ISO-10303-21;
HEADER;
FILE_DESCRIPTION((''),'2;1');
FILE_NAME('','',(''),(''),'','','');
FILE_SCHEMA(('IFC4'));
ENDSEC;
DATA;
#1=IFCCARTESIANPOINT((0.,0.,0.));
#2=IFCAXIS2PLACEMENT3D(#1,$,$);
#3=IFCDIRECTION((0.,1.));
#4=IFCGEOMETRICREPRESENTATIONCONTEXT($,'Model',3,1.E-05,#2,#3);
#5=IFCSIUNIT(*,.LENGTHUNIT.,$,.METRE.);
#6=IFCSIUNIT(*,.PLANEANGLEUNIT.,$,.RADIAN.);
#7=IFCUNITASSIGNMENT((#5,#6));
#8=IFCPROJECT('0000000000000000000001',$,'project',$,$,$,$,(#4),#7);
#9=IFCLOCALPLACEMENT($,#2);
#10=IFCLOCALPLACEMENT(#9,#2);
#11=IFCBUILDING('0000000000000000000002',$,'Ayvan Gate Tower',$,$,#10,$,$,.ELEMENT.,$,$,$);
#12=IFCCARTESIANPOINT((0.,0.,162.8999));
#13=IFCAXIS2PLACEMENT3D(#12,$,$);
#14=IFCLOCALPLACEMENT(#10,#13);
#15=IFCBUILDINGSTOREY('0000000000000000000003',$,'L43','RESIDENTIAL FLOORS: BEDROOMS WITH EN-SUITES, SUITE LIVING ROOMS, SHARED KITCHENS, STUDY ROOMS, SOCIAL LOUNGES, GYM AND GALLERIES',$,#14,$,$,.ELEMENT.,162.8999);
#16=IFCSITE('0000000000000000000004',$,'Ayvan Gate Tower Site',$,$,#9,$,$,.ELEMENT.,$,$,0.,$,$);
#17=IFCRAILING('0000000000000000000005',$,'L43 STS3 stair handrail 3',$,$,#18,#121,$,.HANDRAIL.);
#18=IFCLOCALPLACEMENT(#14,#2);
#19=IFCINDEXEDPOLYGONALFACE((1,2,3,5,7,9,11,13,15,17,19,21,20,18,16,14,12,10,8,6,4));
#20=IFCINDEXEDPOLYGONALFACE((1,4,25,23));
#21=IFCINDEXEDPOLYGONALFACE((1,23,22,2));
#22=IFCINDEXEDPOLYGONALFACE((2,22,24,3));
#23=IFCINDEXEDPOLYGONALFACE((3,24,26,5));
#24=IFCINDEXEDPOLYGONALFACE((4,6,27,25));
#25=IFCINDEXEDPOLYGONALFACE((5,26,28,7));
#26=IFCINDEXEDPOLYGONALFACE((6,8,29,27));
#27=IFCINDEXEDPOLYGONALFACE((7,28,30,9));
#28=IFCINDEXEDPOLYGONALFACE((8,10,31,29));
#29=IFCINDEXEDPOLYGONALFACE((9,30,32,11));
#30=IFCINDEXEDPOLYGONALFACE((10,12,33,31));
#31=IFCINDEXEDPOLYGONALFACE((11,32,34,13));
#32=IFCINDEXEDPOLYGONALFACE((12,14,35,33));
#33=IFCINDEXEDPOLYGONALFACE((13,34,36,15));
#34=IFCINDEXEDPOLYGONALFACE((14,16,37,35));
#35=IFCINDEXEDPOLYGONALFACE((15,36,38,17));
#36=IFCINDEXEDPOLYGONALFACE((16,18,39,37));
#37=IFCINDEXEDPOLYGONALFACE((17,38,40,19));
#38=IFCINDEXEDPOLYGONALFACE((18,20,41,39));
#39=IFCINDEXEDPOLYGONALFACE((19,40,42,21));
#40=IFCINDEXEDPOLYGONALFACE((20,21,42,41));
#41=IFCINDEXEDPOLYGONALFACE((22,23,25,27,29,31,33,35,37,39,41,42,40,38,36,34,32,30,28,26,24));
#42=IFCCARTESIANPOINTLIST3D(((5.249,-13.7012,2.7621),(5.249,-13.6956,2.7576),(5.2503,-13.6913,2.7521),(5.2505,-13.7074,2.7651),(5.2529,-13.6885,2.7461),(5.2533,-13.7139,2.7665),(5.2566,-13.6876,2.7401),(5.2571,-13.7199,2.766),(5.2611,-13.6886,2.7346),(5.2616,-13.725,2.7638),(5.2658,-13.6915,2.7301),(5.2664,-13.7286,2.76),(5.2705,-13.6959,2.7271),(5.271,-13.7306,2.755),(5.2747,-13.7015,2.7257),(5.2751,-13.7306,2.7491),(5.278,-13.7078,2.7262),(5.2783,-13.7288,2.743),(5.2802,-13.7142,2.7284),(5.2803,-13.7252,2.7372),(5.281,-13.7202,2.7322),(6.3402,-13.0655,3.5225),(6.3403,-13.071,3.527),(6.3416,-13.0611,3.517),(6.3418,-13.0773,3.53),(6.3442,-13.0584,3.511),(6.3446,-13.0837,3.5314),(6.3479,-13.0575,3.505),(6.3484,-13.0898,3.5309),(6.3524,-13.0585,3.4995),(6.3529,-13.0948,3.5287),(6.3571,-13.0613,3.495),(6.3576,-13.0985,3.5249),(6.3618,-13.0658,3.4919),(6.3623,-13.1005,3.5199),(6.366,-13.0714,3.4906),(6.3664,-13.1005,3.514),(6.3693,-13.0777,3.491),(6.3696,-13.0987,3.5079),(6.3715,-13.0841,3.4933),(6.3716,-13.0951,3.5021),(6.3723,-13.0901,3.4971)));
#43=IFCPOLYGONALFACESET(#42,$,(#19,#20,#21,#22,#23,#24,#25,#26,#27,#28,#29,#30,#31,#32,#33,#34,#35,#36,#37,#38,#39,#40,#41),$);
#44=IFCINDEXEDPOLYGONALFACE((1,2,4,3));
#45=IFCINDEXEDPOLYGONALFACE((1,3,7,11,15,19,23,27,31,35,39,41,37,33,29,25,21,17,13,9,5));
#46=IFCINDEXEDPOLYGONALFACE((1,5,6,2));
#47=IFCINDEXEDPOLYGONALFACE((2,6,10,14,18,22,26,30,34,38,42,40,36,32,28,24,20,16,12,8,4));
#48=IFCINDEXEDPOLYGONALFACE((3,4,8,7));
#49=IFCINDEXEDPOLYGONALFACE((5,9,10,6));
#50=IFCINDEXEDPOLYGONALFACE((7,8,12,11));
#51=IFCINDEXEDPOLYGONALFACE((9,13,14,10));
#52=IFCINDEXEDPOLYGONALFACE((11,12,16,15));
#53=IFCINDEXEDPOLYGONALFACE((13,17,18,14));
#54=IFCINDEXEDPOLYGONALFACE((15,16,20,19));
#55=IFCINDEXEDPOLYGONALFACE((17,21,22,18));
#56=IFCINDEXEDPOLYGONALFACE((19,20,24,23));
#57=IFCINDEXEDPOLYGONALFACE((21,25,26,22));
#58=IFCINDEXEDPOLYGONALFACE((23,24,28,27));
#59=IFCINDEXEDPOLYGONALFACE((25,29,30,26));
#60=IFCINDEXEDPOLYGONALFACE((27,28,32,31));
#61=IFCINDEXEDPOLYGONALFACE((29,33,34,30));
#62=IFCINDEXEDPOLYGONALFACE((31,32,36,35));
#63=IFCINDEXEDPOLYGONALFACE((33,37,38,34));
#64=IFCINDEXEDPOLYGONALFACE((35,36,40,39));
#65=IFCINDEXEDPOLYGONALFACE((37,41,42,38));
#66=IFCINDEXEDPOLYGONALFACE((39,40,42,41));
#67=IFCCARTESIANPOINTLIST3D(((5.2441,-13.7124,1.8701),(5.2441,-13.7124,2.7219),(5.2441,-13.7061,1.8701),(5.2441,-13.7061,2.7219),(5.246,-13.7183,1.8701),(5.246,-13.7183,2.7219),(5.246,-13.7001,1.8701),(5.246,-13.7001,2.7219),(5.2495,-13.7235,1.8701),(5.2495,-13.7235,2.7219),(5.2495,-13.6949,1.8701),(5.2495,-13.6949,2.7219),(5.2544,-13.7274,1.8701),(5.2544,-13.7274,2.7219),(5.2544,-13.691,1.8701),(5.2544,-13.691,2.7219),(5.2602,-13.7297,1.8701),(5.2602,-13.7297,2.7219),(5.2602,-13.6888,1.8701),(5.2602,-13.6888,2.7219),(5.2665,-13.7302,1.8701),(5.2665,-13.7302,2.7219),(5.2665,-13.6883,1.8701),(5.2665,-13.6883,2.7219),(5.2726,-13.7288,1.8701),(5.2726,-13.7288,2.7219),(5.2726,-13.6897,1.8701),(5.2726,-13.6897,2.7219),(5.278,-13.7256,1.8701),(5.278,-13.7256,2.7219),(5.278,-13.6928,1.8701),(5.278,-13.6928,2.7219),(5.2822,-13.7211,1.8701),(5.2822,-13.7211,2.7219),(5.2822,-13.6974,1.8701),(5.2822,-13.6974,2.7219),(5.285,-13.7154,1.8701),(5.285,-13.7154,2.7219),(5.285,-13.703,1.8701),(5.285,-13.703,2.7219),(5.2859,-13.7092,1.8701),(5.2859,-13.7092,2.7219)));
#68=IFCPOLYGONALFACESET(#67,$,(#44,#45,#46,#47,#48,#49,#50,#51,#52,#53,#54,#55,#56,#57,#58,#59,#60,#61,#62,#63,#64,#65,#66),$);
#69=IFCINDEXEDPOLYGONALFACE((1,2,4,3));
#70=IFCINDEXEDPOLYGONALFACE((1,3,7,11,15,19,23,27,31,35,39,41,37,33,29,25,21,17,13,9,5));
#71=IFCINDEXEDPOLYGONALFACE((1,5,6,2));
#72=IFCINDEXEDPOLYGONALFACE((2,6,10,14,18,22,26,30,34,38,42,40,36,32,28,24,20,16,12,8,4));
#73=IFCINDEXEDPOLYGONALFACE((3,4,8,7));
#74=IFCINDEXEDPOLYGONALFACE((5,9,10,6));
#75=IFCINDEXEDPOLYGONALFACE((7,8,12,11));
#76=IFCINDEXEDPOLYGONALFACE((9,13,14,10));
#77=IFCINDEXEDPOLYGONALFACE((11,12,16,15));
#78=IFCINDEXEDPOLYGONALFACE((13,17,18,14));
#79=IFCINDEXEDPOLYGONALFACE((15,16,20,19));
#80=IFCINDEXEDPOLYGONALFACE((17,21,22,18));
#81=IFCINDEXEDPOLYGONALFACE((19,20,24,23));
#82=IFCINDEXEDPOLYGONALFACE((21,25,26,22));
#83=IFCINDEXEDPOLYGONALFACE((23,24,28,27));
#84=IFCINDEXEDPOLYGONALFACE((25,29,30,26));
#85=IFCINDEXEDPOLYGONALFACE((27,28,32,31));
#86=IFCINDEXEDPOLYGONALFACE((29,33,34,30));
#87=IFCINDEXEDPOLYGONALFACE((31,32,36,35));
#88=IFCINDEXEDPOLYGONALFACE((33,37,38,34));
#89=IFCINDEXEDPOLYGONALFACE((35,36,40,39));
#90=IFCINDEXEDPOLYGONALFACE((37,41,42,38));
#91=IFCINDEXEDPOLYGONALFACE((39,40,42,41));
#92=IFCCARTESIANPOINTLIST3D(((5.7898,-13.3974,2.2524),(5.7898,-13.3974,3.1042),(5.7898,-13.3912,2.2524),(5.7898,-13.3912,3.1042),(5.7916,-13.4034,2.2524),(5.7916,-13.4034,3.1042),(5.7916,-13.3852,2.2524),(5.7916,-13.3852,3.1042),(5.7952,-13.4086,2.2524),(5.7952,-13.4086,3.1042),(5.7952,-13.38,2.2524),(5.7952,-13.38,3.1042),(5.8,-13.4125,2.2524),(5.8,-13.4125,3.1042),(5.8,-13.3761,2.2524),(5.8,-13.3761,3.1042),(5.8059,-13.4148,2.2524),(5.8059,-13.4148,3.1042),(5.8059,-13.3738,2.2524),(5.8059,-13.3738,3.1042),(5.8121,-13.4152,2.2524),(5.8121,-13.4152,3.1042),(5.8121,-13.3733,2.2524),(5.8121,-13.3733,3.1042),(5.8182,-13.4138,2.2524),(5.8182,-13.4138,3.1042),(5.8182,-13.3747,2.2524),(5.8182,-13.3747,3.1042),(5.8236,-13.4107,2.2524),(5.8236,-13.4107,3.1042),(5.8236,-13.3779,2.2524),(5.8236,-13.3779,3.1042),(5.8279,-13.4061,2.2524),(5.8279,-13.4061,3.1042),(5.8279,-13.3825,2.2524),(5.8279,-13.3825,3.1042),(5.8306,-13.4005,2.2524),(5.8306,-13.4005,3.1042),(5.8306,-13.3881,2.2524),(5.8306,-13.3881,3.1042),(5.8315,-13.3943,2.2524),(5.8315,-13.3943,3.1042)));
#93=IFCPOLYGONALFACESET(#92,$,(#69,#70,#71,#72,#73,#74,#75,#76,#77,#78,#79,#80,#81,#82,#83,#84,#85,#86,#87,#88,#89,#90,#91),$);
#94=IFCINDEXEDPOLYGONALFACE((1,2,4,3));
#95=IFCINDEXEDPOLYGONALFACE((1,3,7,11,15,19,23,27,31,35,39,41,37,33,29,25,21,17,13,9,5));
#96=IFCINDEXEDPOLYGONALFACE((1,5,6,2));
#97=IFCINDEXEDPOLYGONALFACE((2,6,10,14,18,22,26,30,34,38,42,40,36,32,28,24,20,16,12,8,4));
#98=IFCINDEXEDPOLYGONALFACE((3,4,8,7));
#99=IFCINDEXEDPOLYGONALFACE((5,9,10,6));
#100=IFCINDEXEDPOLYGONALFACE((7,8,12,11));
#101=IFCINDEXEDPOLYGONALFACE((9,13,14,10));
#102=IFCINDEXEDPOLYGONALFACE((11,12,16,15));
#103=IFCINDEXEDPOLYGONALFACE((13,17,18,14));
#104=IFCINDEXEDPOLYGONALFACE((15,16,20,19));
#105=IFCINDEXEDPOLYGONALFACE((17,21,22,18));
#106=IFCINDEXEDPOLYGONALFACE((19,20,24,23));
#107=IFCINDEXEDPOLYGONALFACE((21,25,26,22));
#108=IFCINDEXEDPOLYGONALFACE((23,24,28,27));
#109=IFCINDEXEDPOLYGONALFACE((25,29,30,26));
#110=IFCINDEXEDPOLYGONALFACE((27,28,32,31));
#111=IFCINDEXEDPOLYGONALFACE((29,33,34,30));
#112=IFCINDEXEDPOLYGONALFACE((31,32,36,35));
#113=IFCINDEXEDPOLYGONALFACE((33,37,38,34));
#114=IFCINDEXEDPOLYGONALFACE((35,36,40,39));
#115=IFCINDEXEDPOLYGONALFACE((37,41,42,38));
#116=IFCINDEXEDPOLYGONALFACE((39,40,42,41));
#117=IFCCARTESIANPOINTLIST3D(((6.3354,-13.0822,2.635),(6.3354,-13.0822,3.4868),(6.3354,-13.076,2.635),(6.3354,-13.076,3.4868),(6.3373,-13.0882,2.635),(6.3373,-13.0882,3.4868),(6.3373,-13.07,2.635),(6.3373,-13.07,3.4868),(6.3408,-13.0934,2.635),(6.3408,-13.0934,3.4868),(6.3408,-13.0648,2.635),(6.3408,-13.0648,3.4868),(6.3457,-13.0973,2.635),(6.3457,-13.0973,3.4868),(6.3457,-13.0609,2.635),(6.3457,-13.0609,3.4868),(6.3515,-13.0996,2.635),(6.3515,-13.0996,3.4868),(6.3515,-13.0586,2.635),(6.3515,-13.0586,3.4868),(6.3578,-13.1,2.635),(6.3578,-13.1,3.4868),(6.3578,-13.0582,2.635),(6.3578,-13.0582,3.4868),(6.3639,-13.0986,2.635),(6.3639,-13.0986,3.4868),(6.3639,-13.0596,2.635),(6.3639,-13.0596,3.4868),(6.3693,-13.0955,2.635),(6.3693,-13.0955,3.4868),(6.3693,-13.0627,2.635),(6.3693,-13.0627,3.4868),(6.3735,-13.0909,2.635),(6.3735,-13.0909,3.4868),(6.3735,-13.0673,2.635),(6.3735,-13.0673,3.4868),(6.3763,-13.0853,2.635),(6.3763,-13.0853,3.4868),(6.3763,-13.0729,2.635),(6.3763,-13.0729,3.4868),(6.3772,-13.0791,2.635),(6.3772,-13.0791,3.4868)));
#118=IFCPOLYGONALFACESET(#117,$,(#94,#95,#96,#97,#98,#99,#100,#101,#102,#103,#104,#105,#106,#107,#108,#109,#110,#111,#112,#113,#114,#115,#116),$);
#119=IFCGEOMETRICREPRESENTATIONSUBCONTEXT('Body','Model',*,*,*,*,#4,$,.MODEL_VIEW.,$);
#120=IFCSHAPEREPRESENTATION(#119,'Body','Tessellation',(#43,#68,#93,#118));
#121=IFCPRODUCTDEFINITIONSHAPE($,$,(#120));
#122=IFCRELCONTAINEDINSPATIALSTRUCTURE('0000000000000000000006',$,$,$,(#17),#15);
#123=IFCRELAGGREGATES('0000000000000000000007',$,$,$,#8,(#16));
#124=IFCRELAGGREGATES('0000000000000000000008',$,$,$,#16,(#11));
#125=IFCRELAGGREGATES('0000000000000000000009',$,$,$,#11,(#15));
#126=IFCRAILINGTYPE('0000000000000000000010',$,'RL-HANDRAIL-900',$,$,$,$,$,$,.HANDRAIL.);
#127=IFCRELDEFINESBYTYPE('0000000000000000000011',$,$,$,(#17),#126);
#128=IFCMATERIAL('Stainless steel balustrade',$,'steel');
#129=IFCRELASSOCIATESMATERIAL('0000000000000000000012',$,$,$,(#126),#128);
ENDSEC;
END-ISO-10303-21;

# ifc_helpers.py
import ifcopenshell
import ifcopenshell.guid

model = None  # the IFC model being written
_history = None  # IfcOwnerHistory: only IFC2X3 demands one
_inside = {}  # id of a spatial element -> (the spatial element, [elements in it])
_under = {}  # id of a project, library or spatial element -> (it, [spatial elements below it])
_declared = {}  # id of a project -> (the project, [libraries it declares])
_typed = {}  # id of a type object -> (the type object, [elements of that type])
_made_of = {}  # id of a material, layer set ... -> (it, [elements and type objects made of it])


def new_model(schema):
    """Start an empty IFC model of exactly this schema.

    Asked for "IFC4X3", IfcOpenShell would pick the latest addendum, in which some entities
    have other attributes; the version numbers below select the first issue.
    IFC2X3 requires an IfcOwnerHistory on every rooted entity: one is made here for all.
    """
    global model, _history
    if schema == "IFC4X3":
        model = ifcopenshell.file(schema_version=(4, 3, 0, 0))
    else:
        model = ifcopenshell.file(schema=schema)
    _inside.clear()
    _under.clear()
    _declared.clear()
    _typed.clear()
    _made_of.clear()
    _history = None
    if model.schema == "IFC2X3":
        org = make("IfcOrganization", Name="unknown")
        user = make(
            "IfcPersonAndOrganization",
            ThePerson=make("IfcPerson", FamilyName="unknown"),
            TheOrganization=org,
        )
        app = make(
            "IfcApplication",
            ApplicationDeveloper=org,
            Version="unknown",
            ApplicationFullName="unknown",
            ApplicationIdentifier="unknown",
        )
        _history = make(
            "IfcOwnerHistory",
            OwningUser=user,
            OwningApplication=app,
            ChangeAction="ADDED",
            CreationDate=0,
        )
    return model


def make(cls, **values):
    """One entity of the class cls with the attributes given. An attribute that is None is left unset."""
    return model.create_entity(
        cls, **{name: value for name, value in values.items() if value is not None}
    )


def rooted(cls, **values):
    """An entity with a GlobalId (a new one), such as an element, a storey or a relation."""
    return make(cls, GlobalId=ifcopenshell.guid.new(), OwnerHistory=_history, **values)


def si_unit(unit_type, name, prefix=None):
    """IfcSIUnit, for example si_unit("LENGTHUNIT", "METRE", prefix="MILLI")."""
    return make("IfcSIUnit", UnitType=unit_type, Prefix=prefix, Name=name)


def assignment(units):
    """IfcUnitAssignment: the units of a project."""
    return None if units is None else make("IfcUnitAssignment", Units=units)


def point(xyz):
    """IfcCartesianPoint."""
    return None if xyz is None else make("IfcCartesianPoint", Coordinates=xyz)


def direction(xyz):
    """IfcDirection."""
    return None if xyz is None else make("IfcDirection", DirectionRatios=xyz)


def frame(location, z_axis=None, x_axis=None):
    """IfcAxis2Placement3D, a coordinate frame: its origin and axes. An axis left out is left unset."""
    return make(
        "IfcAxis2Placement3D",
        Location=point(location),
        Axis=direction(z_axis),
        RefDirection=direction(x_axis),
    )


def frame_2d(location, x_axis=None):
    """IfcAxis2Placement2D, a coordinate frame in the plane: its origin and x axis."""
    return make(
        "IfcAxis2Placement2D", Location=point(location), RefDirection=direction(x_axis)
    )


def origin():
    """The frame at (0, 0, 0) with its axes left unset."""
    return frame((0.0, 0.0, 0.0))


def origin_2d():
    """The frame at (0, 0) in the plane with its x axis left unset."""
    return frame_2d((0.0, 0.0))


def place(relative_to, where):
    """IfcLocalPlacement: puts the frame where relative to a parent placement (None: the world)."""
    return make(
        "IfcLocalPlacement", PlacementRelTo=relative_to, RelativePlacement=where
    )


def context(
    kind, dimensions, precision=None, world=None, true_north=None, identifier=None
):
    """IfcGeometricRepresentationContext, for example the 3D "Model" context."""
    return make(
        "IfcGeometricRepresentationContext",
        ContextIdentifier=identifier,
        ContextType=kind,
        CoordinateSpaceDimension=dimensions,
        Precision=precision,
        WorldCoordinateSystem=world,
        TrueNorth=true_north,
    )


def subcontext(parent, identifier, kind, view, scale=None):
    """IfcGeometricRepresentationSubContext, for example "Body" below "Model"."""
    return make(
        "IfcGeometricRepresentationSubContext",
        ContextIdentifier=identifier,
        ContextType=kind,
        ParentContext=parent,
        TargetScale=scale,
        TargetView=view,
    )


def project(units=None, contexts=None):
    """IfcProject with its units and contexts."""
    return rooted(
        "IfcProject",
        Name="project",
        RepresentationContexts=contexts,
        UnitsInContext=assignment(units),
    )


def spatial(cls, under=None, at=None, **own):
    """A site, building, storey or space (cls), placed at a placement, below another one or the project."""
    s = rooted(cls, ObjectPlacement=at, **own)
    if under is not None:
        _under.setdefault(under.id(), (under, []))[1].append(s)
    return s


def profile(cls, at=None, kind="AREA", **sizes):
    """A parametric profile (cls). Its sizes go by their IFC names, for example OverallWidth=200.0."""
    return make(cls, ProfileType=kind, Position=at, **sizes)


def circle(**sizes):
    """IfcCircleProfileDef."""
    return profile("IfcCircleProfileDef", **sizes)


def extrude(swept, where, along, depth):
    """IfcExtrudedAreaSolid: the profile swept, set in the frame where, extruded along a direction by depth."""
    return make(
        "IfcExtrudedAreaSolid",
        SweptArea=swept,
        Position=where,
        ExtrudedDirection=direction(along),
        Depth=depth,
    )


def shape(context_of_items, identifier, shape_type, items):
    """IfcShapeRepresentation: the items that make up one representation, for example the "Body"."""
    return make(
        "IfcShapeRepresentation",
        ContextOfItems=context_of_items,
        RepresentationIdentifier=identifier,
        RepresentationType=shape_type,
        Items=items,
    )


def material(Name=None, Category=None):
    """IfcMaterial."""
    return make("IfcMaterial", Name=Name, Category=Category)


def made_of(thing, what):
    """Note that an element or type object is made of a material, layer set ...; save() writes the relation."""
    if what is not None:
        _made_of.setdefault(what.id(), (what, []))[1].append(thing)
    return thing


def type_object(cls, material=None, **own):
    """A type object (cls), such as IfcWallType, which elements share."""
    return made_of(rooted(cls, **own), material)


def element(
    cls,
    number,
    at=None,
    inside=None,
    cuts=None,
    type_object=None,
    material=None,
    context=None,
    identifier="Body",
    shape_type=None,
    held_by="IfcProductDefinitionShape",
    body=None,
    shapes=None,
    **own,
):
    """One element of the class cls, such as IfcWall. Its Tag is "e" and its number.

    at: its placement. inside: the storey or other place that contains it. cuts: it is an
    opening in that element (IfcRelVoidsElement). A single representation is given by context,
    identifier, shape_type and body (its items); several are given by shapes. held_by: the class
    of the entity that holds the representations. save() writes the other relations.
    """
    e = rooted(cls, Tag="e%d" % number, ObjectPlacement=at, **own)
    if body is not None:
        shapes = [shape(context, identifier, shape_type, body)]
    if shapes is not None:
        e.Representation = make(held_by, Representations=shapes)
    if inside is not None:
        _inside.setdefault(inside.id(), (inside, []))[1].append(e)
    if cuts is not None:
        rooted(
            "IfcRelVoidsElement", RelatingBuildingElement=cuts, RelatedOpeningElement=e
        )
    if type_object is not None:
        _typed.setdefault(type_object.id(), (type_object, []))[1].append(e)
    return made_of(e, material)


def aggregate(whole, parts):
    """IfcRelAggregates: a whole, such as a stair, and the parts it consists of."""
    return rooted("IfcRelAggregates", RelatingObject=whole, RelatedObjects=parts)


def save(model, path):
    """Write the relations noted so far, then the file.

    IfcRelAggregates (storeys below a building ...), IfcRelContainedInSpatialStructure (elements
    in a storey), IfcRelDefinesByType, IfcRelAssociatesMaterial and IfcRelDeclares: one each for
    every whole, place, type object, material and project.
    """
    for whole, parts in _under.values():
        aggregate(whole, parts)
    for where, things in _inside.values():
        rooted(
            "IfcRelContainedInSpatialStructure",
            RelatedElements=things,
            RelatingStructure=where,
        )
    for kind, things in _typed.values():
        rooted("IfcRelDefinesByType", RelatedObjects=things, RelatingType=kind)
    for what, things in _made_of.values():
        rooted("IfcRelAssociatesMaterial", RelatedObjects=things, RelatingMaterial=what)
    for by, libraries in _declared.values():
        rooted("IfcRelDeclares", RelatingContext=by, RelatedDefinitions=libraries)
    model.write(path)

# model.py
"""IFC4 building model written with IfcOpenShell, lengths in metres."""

from ifc_helpers import new_model, si_unit, direction, frame, origin, origin_2d, place, context, subcontext, project, spatial, circle, extrude, material, type_object, element, save


model = new_model("IFC4")

# Units and contexts
model_context = context("Model", 3, precision=1e-05, world=origin(), true_north=direction((0.0, 1.0)))
body_context = subcontext(model_context, "Body", "Model", "MODEL_VIEW")
ifc_project = project(units=[si_unit("LENGTHUNIT", "METRE"), si_unit("PLANEANGLEUNIT", "RADIAN")], contexts=[model_context])

# Site, building, storey
site_placement = place(None, origin())
site = spatial("IfcSite", under=ifc_project, at=site_placement, Name="Ayvan Gate Tower Site", CompositionType="ELEMENT", RefElevation=0.0)
building_placement = place(site_placement, origin())
building = spatial("IfcBuilding", under=site, at=building_placement, Name="Ayvan Gate Tower", CompositionType="ELEMENT")
storey_placement = place(building_placement, frame((0.0, 0.0, 162.8999)))
storey = spatial("IfcBuildingStorey", under=building, at=storey_placement, Name="L43", Description="RESIDENTIAL FLOORS: BEDROOMS WITH EN-SUITES, SUITE LIVING ROOMS, SHARED KITCHENS, STUDY ROOMS, SOCIAL LOUNGES, GYM AND GALLERIES", CompositionType="ELEMENT", Elevation=162.8999)

# Railing
ifc_material_1 = material(Name="Stainless steel balustrade", Category="steel")
railing_type_1 = type_object("IfcRailingType", Name="RL-HANDRAIL-900", PredefinedType="HANDRAIL", material=ifc_material_1)
railing_1_placement = place(storey_placement, frame((5.2649, -13.7092, 1.8701)))
element("IfcRailing", 1, at=railing_1_placement, inside=storey, type_object=railing_type_1, Name="L43 STS3 stair handrail 3", PredefinedType="HANDRAIL", context=body_context, shape_type="SweptSolid", body=[
    extrude(circle(Radius=0.0239, at=origin_2d()), frame((0.0, 0.0, 0.876), z_axis=(0.740304, 0.427455, 0.518875), x_axis=(-0.500035, 0.866005, 0.0)), (0.0, 0.0, 1.0), 1.4741),
    extrude(circle(Radius=0.021, at=origin_2d()), origin(), (0.0, 0.0, 1.0), 0.8518),
    extrude(circle(Radius=0.021, at=origin_2d()), frame((0.5457, 0.3149, 0.3823)), (0.0, 0.0, 1.0), 0.8518),
    extrude(circle(Radius=0.021, at=origin_2d()), frame((1.0913, 0.6301, 0.7649)), (0.0, 0.0, 1.0), 0.8518),
])

save(model, "model.ifc")
